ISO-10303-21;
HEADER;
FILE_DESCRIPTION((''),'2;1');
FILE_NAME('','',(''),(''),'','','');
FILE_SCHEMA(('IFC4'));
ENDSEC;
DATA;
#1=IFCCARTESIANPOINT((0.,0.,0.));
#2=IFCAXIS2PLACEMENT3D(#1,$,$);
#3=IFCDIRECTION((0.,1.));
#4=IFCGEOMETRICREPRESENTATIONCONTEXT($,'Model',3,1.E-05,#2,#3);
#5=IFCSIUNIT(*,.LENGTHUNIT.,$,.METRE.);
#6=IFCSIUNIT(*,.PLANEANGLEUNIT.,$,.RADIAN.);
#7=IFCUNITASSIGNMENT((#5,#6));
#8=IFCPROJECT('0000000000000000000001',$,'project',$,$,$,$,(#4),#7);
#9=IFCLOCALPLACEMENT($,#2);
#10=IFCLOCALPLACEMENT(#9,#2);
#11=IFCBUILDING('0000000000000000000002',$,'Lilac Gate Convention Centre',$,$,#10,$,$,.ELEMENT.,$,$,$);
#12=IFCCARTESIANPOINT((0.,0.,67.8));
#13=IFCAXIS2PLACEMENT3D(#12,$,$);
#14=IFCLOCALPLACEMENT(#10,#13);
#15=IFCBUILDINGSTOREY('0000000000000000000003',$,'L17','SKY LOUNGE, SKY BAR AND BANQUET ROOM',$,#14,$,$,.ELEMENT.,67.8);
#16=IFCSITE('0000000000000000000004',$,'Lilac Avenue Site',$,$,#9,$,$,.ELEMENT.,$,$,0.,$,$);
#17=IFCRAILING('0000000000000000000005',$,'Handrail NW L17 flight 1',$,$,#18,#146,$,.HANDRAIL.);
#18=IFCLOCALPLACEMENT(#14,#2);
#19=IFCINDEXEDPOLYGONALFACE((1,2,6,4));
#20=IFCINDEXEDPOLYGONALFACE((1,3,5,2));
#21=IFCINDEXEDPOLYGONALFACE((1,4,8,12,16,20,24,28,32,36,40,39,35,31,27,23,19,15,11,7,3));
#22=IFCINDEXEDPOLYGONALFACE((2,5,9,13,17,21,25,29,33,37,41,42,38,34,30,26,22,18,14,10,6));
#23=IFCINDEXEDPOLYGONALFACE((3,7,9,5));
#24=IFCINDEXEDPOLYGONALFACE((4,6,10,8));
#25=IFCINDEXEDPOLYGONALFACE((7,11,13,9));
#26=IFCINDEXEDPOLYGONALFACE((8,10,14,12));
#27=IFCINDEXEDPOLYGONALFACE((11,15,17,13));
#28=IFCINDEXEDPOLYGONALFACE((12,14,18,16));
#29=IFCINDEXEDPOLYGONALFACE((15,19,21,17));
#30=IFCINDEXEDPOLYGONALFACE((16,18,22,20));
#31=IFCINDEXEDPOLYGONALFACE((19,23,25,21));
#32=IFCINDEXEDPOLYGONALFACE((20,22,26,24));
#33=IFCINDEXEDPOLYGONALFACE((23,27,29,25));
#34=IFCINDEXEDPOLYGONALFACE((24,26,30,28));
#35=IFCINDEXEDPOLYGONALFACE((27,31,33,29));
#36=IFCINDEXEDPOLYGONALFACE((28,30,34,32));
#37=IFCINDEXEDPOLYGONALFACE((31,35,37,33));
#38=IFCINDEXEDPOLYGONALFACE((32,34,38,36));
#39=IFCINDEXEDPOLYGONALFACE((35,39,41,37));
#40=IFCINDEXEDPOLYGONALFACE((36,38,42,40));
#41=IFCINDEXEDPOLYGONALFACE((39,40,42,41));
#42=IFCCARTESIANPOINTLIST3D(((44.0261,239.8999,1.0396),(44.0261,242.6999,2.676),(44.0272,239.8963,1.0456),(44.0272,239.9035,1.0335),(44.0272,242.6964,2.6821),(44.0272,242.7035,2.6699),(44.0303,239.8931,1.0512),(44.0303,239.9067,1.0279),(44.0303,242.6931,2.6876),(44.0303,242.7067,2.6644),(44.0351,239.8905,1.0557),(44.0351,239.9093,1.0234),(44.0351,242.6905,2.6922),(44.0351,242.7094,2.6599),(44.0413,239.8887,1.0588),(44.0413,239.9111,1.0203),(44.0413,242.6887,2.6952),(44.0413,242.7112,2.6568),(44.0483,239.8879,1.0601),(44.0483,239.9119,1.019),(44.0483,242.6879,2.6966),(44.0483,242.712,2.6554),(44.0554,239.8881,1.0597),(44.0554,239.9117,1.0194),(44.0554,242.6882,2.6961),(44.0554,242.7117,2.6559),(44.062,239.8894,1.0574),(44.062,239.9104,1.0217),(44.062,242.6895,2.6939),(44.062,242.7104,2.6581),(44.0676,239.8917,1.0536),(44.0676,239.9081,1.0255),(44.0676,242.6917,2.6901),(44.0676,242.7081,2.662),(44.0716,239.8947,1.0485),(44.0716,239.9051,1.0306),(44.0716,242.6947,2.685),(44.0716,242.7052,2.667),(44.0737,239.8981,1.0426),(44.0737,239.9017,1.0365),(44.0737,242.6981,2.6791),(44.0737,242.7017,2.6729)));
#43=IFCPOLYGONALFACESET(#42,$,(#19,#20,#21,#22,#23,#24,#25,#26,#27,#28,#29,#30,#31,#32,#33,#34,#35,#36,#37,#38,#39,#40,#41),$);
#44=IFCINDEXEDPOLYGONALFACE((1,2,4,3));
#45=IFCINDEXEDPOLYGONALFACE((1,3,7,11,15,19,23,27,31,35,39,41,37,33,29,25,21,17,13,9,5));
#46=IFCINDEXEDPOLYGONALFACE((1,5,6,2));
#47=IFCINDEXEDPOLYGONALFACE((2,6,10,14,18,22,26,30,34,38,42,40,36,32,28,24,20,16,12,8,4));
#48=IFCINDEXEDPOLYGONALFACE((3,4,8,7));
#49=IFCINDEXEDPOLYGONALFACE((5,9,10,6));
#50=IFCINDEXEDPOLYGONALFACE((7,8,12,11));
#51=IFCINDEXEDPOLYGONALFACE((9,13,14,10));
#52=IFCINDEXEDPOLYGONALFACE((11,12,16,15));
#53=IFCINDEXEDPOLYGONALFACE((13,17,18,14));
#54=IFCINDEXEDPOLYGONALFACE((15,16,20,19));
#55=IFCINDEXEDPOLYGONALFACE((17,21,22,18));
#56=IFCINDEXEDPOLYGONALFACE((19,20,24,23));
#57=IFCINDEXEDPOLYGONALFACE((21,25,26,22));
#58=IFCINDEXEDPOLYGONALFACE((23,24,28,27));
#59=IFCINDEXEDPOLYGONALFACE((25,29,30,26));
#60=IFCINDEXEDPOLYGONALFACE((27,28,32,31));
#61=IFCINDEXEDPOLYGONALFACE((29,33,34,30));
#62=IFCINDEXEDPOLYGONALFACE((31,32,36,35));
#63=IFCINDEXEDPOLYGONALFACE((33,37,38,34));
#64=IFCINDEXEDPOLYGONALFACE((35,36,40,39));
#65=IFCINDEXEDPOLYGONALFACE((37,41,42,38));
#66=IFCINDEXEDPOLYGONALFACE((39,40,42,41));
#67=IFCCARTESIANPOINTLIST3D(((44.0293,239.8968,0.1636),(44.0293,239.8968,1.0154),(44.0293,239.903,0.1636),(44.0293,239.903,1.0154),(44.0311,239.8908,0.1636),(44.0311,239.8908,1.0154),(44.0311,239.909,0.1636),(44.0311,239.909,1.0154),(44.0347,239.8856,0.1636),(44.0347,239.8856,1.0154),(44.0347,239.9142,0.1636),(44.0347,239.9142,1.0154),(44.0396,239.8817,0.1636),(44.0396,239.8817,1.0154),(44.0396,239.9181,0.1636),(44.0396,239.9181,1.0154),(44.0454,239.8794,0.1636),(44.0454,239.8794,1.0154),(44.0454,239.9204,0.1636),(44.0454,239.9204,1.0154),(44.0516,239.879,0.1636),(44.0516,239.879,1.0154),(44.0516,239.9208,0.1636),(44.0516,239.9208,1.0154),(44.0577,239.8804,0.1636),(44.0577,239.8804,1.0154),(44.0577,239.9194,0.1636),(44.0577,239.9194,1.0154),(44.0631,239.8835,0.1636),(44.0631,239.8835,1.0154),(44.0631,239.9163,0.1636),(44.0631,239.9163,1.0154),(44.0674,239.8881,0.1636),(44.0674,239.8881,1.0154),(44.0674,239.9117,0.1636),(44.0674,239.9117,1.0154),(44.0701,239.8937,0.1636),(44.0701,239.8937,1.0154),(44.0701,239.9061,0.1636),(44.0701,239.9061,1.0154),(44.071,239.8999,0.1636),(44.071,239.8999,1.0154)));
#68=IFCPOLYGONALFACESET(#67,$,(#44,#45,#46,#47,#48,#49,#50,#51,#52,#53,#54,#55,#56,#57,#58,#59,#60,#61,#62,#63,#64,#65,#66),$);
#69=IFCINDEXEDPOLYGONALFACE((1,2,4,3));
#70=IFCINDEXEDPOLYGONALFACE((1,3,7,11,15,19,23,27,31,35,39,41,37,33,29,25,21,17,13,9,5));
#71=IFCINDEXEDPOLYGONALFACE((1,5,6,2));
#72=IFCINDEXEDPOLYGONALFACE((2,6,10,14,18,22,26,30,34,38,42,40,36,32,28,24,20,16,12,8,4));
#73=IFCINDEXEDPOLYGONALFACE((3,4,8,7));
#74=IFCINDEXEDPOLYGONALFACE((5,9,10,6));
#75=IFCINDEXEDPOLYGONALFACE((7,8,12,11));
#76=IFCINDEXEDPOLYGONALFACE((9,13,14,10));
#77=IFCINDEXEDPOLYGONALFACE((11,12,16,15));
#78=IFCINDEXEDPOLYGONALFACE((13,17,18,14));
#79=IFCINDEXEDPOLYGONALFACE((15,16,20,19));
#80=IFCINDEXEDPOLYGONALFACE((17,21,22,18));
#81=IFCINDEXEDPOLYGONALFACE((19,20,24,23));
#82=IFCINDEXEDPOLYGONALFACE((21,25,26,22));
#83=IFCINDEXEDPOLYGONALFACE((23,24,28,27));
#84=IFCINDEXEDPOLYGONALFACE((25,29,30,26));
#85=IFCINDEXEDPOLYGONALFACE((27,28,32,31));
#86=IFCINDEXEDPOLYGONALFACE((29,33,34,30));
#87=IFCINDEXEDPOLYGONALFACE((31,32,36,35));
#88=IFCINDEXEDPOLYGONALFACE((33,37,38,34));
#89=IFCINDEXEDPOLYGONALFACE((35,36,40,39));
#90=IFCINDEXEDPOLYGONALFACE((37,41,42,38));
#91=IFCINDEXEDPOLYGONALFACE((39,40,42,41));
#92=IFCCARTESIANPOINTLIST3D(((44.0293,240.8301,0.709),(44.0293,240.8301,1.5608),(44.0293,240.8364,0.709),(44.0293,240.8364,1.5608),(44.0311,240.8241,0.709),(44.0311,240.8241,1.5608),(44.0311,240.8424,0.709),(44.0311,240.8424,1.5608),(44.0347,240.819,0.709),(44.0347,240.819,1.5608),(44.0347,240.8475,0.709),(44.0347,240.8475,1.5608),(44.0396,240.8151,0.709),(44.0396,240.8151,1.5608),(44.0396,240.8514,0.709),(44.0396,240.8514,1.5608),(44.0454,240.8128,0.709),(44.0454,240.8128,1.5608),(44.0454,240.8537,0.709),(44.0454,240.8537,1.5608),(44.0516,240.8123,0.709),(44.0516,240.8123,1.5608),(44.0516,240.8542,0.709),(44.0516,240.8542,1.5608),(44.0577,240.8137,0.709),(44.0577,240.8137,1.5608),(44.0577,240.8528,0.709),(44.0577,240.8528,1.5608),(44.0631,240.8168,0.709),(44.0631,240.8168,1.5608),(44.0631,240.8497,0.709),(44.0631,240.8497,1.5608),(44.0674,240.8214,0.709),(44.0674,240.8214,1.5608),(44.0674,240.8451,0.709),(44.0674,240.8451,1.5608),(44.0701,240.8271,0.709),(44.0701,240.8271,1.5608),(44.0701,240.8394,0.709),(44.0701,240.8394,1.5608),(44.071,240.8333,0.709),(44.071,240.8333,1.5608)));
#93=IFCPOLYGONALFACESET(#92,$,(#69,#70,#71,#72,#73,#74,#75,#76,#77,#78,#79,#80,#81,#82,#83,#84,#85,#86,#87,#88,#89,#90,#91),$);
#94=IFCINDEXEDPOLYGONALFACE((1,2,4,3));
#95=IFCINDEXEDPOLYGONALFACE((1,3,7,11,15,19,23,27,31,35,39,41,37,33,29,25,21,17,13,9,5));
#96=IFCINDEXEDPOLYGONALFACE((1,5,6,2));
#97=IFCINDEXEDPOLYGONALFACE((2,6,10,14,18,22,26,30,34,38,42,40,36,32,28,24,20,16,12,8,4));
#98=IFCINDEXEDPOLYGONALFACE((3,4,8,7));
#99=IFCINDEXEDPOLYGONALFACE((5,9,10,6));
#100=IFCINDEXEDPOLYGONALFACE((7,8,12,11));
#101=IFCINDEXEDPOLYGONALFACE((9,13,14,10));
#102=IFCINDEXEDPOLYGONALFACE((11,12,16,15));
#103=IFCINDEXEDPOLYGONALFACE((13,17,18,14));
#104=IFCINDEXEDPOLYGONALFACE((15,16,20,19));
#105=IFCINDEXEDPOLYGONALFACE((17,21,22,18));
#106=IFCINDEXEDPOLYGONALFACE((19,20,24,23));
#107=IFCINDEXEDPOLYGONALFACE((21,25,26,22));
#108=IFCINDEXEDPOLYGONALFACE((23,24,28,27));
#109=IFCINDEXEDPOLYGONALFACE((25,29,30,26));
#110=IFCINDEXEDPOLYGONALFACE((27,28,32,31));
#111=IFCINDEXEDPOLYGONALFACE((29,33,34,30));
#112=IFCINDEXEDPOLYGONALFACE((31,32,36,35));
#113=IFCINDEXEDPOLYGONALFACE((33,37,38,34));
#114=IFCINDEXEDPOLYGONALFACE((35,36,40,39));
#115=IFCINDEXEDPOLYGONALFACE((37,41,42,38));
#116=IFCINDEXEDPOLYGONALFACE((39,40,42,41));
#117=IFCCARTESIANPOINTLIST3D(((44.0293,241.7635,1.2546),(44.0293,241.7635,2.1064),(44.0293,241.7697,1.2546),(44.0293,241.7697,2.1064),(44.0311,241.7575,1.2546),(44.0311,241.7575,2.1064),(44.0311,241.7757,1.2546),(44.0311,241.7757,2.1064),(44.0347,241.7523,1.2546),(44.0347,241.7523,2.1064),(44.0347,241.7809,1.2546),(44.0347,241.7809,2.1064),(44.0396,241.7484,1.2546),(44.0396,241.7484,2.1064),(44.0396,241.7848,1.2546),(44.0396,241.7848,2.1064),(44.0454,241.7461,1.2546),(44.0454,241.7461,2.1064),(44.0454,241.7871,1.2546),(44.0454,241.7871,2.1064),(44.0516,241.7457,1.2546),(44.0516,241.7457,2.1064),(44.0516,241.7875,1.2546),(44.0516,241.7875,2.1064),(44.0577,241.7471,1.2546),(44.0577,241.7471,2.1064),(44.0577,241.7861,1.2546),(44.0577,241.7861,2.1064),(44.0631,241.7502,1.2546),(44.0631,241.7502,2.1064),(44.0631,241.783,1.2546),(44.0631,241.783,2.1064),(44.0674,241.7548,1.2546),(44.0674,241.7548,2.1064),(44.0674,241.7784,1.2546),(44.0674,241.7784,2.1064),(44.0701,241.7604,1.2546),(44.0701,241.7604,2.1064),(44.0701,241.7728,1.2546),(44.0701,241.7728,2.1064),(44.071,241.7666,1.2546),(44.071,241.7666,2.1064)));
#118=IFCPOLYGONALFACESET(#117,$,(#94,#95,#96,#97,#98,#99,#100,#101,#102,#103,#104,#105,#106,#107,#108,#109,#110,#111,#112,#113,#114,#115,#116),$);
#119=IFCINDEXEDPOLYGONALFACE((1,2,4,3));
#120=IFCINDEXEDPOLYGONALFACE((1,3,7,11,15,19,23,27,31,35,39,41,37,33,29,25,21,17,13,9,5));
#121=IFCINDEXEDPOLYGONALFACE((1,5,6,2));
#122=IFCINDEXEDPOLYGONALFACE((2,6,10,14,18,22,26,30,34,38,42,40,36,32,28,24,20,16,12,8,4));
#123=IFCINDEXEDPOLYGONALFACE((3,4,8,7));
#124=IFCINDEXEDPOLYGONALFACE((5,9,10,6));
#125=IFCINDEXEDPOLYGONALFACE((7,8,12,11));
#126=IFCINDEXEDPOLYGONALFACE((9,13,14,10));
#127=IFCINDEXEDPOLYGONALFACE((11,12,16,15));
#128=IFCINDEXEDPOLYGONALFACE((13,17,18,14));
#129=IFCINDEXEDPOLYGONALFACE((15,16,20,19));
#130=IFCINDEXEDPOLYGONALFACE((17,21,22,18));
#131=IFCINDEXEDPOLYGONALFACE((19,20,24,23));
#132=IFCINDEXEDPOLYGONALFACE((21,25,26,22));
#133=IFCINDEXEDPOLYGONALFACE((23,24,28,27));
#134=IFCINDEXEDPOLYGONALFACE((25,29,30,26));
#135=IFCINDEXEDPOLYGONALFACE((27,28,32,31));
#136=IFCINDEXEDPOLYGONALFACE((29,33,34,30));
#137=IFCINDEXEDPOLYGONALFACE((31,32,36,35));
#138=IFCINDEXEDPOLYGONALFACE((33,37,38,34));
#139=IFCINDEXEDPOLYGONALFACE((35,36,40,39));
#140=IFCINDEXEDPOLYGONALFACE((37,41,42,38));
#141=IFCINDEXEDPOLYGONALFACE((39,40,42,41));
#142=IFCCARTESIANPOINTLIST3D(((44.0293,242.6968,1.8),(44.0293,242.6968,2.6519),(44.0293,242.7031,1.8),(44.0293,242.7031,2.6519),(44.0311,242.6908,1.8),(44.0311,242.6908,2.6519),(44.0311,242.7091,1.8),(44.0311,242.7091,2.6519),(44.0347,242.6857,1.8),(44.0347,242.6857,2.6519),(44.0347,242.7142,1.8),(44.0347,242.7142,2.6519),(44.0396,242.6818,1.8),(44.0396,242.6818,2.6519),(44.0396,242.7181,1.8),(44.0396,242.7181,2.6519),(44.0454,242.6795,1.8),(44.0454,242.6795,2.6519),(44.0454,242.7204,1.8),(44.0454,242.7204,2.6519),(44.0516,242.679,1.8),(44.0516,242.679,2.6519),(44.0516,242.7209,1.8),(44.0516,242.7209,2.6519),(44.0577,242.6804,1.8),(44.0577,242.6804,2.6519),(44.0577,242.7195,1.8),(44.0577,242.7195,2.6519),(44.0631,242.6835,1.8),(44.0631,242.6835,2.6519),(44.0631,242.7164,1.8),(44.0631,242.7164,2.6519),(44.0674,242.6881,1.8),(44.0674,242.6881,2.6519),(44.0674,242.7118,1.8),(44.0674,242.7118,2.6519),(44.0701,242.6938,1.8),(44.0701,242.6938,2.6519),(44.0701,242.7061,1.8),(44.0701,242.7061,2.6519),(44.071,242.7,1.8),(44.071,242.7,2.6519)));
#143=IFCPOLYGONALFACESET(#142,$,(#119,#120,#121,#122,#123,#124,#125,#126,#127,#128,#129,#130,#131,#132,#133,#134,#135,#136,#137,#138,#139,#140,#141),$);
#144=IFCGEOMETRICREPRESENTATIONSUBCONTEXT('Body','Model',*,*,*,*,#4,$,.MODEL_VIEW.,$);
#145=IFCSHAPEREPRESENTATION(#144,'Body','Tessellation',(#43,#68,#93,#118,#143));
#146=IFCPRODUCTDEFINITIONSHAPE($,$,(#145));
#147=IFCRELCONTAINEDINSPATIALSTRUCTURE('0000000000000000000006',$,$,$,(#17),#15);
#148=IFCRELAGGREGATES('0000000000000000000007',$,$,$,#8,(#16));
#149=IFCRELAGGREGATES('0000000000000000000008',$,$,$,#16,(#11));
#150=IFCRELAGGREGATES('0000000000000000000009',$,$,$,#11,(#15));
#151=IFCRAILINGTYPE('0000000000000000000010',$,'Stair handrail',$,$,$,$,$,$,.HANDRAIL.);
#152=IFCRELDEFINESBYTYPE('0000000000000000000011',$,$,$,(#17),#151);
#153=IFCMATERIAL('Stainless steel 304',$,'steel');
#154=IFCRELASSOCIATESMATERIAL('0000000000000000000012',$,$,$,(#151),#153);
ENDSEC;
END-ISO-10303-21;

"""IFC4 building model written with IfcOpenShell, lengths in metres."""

from ifc_helpers import new_model, si_unit, direction, frame, origin, origin_2d, place, context, subcontext, project, spatial, circle, extrude, material, type_object, element, save


model = new_model("IFC4")

# Units and contexts
model_context = context("Model", 3, precision=1e-05, world=origin(), true_north=direction((0.0, 1.0)))
body_context = subcontext(model_context, "Body", "Model", "MODEL_VIEW")
ifc_project = project(units=[si_unit("LENGTHUNIT", "METRE"), si_unit("PLANEANGLEUNIT", "RADIAN")], contexts=[model_context])

# Site, building, storey
site_placement = place(None, origin())
site = spatial("IfcSite", under=ifc_project, at=site_placement, Name="Lilac Avenue Site", CompositionType="ELEMENT", RefElevation=0.0)
building_placement = place(site_placement, origin())
building = spatial("IfcBuilding", under=site, at=building_placement, Name="Lilac Gate Convention Centre", CompositionType="ELEMENT")
storey_placement = place(building_placement, frame((0.0, 0.0, 67.8)))
storey = spatial("IfcBuildingStorey", under=building, at=storey_placement, Name="L17", Description="SKY LOUNGE, SKY BAR AND BANQUET ROOM", CompositionType="ELEMENT", Elevation=67.8)

# Railing
ifc_material_1 = material(Name="Stainless steel 304", Category="steel")
railing_type = type_object("IfcRailingType", Name="Stair handrail", PredefinedType="HANDRAIL", material=ifc_material_1)
for number, where, name in (
    (1, (44.05, 239.8999, 0.1636), "Handrail NW L17 flight 1"),
):
    element("IfcRailing", number, at=place(storey_placement, frame(where)), inside=storey, type_object=railing_type, Name=name, PredefinedType="HANDRAIL", context=body_context, shape_type="SweptSolid", body=[
        extrude(circle(Radius=0.0239, at=origin_2d()), frame((0.0, 0.0, 0.876), z_axis=(0.0, 0.863361, 0.504587), x_axis=(-1.0, 0.0, 0.0)), (0.0, 0.0, 1.0), 3.2432),
        extrude(circle(Radius=0.021, at=origin_2d()), origin(), (0.0, 0.0, 1.0), 0.8518),
        extrude(circle(Radius=0.021, at=origin_2d()), frame((0.0, 0.9333, 0.5454)), (0.0, 0.0, 1.0), 0.8518),
        extrude(circle(Radius=0.021, at=origin_2d()), frame((0.0, 1.8667, 1.0911)), (0.0, 0.0, 1.0), 0.8518),
        extrude(circle(Radius=0.021, at=origin_2d()), frame((0.0, 2.8, 1.6365)), (0.0, 0.0, 1.0), 0.8518),
    ])

save(model, "model.ifc")
